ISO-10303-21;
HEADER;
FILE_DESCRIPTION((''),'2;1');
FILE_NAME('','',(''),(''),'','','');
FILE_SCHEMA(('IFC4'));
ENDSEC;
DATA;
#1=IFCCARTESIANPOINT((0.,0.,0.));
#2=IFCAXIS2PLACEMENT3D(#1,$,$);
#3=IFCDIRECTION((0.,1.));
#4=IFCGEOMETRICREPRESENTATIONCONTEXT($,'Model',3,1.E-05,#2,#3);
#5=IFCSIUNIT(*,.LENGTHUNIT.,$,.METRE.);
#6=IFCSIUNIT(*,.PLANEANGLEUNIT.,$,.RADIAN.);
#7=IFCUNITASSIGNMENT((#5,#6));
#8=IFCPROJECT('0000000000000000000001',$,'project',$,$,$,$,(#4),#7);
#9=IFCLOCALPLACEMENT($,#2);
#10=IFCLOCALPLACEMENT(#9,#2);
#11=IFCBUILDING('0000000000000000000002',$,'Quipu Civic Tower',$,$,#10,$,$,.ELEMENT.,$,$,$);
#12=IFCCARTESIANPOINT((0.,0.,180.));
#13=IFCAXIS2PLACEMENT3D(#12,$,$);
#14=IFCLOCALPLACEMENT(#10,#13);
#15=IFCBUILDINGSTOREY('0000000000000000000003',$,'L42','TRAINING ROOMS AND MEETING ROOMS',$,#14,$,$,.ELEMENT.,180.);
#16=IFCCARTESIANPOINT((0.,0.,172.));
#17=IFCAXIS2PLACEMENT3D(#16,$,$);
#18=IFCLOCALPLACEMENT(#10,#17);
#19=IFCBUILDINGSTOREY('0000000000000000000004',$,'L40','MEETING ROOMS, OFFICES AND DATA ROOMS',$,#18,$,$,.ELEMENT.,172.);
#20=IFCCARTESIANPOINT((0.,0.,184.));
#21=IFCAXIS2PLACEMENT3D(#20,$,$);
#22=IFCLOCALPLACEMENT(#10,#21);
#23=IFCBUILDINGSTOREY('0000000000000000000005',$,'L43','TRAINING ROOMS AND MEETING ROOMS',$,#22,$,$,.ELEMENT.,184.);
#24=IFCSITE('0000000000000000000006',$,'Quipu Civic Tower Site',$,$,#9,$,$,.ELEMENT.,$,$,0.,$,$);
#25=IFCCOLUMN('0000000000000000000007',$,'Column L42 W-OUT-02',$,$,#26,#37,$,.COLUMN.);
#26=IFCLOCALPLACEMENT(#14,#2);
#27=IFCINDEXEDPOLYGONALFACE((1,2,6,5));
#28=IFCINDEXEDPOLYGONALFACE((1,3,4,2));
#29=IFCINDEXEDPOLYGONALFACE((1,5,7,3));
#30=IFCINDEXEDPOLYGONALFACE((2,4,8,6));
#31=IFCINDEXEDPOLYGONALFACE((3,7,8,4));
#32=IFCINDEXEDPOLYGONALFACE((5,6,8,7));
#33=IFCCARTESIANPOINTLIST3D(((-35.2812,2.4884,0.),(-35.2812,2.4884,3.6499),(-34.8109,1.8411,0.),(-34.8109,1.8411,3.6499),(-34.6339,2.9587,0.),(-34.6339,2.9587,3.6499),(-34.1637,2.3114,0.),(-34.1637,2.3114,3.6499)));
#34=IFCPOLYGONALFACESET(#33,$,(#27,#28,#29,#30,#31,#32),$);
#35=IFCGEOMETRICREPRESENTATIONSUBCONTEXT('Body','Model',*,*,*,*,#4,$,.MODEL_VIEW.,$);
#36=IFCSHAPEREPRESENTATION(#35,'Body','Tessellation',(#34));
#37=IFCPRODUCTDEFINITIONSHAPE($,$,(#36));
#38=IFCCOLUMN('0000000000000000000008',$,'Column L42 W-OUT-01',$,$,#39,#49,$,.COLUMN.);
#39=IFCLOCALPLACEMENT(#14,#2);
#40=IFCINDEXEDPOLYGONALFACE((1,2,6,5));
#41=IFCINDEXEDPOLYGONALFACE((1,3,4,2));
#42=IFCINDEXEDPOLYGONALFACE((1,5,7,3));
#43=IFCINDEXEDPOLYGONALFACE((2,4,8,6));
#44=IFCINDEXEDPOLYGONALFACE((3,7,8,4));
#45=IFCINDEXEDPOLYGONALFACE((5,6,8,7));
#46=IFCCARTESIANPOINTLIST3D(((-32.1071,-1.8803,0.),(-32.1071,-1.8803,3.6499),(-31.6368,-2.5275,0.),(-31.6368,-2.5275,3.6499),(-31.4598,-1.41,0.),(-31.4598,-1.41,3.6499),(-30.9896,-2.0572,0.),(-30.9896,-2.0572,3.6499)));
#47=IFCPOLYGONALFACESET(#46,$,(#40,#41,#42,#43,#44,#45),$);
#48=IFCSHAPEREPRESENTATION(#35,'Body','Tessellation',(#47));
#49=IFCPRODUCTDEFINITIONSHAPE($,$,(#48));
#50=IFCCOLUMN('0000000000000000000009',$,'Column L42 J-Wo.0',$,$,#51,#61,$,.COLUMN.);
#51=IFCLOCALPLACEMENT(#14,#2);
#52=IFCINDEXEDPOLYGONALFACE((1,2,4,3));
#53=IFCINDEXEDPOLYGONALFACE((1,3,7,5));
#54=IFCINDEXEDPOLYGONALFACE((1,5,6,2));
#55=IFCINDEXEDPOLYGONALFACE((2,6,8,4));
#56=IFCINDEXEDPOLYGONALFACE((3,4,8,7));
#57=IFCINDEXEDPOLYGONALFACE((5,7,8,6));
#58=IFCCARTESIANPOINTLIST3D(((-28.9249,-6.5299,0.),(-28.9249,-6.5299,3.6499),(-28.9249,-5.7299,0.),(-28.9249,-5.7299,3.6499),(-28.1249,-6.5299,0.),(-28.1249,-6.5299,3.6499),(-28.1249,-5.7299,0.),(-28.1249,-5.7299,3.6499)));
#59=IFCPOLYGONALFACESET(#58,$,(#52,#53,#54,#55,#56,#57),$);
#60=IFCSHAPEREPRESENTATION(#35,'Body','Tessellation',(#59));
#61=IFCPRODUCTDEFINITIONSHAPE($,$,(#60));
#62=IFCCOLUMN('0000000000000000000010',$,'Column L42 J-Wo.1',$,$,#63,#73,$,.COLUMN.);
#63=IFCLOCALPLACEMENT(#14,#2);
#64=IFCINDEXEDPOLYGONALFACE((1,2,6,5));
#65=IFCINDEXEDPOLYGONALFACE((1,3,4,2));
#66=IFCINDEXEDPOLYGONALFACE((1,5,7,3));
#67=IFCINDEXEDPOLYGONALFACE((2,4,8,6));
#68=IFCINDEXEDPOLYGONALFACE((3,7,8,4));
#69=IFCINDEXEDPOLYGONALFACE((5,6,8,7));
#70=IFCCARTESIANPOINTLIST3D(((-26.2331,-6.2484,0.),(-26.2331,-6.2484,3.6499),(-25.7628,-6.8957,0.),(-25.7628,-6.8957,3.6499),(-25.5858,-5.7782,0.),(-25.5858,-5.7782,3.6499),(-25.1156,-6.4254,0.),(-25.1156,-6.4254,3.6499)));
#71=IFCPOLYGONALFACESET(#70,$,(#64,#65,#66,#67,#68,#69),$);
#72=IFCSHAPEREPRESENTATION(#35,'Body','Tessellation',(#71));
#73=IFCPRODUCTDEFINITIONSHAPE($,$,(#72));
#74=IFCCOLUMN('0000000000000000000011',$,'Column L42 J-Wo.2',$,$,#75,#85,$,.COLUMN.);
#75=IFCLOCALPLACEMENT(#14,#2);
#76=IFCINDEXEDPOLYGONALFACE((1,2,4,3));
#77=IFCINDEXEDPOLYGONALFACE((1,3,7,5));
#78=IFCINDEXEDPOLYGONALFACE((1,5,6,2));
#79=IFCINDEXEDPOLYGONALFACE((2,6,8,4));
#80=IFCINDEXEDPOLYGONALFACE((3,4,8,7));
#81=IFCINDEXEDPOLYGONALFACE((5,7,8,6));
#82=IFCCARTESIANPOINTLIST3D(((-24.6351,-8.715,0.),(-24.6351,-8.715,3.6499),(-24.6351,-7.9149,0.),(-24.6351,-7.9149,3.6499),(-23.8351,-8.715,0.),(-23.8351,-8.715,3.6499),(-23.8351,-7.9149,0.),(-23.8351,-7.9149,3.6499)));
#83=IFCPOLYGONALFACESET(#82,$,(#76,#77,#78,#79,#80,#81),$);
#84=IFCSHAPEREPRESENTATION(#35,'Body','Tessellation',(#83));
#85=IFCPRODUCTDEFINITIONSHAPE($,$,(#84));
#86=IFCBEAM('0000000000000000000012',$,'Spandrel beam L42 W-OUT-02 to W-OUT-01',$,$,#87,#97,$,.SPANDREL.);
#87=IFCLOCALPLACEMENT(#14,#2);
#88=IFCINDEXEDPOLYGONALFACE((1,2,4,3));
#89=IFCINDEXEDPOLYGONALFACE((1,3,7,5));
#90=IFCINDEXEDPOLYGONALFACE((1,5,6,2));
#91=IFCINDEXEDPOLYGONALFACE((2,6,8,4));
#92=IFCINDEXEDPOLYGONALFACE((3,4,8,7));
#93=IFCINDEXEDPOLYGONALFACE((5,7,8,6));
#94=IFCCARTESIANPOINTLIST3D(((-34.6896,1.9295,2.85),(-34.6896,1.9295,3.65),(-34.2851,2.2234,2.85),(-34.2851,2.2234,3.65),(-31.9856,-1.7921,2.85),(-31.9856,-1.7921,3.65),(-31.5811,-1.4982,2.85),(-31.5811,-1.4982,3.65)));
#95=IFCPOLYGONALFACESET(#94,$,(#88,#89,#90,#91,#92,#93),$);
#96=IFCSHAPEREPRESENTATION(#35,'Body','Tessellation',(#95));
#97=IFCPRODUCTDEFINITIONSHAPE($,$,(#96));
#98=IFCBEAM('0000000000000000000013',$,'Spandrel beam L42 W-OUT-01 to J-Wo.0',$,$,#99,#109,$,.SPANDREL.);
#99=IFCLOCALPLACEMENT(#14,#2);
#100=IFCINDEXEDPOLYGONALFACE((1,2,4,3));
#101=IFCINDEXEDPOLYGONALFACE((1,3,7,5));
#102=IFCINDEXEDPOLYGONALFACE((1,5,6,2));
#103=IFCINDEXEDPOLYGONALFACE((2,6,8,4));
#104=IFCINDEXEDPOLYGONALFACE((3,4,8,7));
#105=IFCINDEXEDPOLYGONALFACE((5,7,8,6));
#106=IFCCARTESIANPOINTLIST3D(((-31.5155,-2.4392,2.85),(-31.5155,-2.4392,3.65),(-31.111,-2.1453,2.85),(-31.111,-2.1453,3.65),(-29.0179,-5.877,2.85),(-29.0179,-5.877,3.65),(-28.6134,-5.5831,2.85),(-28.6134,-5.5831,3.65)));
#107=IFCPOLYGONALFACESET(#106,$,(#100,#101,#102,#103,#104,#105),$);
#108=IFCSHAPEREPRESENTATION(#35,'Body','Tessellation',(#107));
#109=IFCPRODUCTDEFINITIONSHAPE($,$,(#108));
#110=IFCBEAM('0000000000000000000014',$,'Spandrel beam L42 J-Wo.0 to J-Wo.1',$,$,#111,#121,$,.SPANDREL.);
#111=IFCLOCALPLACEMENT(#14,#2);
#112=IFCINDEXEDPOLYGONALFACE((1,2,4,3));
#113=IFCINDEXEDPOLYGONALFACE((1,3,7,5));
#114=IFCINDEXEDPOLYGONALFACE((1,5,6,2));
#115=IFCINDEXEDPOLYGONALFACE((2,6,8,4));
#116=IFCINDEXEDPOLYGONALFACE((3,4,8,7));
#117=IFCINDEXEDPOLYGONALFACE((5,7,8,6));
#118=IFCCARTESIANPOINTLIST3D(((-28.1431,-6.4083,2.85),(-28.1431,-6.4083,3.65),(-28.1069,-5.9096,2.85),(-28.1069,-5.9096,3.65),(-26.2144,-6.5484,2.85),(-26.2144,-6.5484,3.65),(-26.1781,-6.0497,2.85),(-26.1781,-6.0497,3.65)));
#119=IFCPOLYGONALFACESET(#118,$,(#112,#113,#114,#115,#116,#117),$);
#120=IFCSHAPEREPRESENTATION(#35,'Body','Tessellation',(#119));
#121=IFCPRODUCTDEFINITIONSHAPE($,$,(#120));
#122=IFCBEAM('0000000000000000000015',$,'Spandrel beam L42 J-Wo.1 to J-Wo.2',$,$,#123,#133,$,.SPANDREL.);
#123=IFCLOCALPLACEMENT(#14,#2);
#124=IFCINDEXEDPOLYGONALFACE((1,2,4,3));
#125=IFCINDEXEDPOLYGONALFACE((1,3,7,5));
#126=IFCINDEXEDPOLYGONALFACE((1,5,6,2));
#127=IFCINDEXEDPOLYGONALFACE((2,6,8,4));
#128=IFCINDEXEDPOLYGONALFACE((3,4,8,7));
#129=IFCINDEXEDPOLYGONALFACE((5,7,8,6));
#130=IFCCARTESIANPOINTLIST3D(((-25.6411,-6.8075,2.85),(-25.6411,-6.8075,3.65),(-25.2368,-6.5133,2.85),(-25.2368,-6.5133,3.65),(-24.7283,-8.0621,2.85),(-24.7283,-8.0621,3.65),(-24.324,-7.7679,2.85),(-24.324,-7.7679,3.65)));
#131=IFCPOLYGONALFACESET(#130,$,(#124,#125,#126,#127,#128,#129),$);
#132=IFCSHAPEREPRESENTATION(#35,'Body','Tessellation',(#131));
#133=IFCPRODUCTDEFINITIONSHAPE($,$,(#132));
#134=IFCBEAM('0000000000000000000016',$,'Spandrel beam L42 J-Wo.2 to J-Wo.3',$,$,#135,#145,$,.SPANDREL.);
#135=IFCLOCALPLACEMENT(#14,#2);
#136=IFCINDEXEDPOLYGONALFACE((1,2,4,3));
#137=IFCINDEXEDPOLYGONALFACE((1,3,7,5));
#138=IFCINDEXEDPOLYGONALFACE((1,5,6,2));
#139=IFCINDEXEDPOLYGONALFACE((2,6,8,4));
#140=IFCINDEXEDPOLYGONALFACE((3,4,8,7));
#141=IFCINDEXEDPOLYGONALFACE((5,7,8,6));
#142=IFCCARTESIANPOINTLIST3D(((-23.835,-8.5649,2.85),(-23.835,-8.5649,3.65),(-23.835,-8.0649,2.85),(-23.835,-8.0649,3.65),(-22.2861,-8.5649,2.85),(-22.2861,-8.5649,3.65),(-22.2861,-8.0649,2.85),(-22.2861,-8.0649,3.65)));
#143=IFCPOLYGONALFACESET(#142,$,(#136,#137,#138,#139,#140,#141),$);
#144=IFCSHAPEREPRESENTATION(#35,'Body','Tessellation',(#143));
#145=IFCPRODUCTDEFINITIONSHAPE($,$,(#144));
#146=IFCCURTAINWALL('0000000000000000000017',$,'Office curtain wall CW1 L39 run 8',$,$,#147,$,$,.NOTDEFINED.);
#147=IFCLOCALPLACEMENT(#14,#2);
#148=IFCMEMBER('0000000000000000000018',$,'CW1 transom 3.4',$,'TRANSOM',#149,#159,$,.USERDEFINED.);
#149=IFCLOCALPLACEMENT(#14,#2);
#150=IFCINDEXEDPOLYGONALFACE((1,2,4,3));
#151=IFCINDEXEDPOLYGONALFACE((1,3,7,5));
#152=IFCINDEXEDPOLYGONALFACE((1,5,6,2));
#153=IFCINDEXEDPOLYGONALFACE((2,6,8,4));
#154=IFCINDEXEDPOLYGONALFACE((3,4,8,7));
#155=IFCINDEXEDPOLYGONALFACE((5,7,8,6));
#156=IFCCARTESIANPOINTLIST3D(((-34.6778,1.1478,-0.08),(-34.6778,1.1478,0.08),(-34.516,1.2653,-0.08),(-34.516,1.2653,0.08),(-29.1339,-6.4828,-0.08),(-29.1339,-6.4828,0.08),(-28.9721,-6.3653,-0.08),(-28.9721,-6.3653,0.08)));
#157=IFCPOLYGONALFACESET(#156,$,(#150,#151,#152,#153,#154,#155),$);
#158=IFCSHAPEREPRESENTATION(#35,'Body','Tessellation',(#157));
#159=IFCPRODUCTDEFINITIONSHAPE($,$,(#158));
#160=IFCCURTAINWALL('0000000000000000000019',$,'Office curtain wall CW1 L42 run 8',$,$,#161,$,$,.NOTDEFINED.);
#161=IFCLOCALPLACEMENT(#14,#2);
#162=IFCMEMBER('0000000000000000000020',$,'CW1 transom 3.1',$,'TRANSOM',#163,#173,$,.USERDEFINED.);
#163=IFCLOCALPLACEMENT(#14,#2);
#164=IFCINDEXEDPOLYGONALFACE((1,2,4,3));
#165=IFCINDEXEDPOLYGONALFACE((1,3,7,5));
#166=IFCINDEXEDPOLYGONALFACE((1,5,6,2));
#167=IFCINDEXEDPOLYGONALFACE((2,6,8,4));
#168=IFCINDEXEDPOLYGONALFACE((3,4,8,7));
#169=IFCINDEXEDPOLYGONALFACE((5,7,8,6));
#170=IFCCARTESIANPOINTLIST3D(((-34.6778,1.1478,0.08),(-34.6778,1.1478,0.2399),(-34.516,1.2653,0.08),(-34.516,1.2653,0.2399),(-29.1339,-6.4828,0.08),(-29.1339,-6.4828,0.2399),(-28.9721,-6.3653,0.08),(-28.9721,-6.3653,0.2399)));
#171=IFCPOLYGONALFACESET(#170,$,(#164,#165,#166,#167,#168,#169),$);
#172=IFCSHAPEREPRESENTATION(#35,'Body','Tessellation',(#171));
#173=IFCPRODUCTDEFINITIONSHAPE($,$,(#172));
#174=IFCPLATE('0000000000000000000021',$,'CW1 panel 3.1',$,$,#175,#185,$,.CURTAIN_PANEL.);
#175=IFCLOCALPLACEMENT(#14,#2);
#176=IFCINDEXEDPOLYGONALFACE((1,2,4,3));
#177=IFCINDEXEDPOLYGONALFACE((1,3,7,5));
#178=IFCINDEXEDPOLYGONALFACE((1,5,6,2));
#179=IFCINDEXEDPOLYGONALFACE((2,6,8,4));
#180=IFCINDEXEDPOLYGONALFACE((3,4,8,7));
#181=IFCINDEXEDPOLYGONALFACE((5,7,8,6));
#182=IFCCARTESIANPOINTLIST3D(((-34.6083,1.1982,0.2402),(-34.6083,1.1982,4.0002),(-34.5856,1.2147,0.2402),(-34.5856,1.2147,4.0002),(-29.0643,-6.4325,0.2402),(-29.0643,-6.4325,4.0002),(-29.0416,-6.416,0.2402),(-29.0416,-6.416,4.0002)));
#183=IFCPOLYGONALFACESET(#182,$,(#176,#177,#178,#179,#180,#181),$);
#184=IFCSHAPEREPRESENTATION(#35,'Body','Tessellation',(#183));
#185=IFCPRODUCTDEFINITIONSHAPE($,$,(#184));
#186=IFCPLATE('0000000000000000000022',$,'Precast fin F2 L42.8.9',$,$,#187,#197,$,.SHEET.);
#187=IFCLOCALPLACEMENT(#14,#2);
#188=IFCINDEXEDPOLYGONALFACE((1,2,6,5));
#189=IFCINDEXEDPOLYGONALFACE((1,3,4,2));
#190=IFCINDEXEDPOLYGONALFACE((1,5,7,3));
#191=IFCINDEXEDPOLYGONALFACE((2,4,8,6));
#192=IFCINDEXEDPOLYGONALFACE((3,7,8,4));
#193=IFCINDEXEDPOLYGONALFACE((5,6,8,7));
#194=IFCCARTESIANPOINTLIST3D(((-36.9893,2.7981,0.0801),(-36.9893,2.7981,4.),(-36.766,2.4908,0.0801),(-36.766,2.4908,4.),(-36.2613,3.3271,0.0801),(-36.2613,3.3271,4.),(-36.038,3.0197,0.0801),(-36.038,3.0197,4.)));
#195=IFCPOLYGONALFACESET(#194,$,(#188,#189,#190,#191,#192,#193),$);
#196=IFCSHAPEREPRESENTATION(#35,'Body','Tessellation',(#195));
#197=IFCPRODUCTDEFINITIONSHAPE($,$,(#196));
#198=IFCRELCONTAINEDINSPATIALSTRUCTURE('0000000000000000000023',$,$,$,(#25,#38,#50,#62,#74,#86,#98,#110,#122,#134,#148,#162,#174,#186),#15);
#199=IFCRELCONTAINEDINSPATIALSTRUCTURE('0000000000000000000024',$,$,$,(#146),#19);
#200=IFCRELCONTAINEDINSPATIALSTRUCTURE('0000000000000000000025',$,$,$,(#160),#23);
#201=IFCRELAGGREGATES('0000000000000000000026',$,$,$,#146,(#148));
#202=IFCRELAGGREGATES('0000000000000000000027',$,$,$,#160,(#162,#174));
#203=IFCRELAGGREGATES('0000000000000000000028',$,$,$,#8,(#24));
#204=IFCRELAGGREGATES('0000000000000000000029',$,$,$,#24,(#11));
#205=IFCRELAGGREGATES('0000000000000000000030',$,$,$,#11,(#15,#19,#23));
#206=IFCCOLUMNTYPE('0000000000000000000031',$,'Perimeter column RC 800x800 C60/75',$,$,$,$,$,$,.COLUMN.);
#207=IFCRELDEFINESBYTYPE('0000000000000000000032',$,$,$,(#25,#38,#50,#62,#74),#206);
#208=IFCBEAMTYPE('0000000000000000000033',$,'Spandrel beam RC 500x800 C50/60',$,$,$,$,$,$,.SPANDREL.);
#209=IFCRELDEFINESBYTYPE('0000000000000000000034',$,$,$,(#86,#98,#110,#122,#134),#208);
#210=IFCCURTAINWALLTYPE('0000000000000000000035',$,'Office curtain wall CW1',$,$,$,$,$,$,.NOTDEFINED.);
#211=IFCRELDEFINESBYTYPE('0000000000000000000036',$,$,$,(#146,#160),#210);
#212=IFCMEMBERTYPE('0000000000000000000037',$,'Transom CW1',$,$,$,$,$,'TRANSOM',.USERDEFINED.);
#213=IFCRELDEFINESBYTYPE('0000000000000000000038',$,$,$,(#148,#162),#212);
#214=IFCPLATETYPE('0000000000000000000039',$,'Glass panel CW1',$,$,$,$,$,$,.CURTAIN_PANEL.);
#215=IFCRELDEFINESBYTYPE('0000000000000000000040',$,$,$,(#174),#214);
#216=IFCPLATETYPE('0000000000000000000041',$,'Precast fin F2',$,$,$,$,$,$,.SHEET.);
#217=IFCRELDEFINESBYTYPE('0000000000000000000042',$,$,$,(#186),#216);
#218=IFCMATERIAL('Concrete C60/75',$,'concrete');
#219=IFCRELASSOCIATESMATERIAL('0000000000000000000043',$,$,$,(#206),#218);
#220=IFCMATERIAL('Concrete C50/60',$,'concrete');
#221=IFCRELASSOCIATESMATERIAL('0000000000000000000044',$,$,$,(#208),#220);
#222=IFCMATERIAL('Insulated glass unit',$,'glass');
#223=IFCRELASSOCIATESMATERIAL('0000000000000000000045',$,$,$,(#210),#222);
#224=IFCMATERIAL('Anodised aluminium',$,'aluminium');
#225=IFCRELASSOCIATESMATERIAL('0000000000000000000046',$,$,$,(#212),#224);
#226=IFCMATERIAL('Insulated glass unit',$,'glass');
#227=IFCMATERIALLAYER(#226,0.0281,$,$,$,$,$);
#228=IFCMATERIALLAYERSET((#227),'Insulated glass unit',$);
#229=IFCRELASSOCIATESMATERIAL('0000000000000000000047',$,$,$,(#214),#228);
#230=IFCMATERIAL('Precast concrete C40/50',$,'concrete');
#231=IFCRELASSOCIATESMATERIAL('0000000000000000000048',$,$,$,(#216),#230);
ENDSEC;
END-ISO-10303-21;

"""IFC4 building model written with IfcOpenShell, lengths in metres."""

from ifc_helpers import new_model, si_unit, direction, frame, origin, origin_2d, place, context, subcontext, project, spatial, rectangle, extrude, material, layer, layer_set, material_profile, profile_set, type_object, element, aggregate, save


model = new_model("IFC4")

# Units and contexts
model_context = context("Model", 3, precision=1e-05, world=origin(), true_north=direction((0.0, 1.0)))
body_context = subcontext(model_context, "Body", "Model", "MODEL_VIEW")
ifc_project = project(units=[si_unit("LENGTHUNIT", "METRE"), si_unit("PLANEANGLEUNIT", "RADIAN")], contexts=[model_context])

# Site, building, storey
site_placement = place(None, origin())
site = spatial("IfcSite", under=ifc_project, at=site_placement, Name="Quipu Civic Tower Site", CompositionType="ELEMENT", RefElevation=0.0)
building_placement = place(site_placement, origin())
building = spatial("IfcBuilding", under=site, at=building_placement, Name="Quipu Civic Tower", CompositionType="ELEMENT")
storey_1_placement = place(building_placement, frame((0.0, 0.0, 180.0)))
storey_1 = spatial("IfcBuildingStorey", under=building, at=storey_1_placement, Name="L42", Description="TRAINING ROOMS AND MEETING ROOMS", CompositionType="ELEMENT", Elevation=180.0)

# Columns
ifc_material_1 = material(Name="Concrete C60/75", Category="concrete")
ifc_material_profile_1 = material_profile(ifc_material_1, rectangle(XDim=0.8, YDim=0.8, at=origin_2d()), Name="RC800x800")
ifc_profile_set_1 = profile_set([ifc_material_profile_1], Name="Concrete C60/75")
column_type = type_object("IfcColumnType", Name="Perimeter column RC 800x800 C60/75", PredefinedType="COLUMN", material=ifc_profile_set_1)
for number, where, z_axis, x_axis, name in (
    (1, (-34.7224, 2.3999, 0.0), (0.0, 0.0, 1.0), (0.587785, -0.809017, 0.0), "Column L42 W-OUT-02"),
    (2, (-31.5483, -1.9688, 0.0), (0.0, 0.0, 1.0), (0.587785, -0.809017, 0.0), "Column L42 W-OUT-01"),
    (3, (-28.5249, -6.1299, 0.0), (0.0, 0.0, 1.0), (1.0, 0.0, 0.0), "Column L42 J-Wo.0"),
    (4, (-25.6743, -6.3369, 0.0), (0.0, 0.0, 1.0), (0.587785, -0.809017, 0.0), "Column L42 J-Wo.1"),
    (5, (-24.2351, -8.3149, 0.0), (0.0, 0.0, 1.0), (1.0, 0.0, 0.0), "Column L42 J-Wo.2"),
):
    element("IfcColumn", number, at=place(storey_1_placement, frame(where, z_axis=z_axis, x_axis=x_axis)), inside=storey_1, type_object=column_type, Name=name, PredefinedType="COLUMN", context=body_context, shape_type="SweptSolid", body=[
        extrude(rectangle(XDim=0.8, YDim=0.8, at=origin_2d()), origin(), (0.0, 0.0, 1.0), 3.6499),
    ])

# Beams
ifc_material_2 = material(Name="Concrete C50/60", Category="concrete")
ifc_material_profile_2 = material_profile(ifc_material_2, rectangle(XDim=0.5, YDim=0.8, at=origin_2d()), Name="RC500x800")
ifc_profile_set_2 = profile_set([ifc_material_profile_2], Name="Concrete C50/60")
beam_type = type_object("IfcBeamType", Name="Spandrel beam RC 500x800 C50/60", PredefinedType="SPANDREL", material=ifc_profile_set_2)
beam_1_placement = place(storey_1_placement, frame((-34.4873, 2.0764, 3.25), z_axis=(0.587796, -0.809009, 0.0), x_axis=(0.809009, 0.587796, 0.0)))
element("IfcBeam", 6, at=beam_1_placement, inside=storey_1, type_object=beam_type, Name="Spandrel beam L42 W-OUT-02 to W-OUT-01", PredefinedType="SPANDREL", context=body_context, shape_type="SweptSolid", body=[
    extrude(rectangle(XDim=0.5, YDim=0.8, at=origin_2d()), origin(), (0.0, 0.0, 1.0), 4.6001),
])
beam_2_placement = place(storey_1_placement, frame((-31.3132, -2.2922, 3.25), z_axis=(0.587769, -0.809029, 0.0), x_axis=(0.809029, 0.587769, 0.0)))
element("IfcBeam", 7, at=beam_2_placement, inside=storey_1, type_object=beam_type, Name="Spandrel beam L42 W-OUT-01 to J-Wo.0", PredefinedType="SPANDREL", context=body_context, shape_type="SweptSolid", body=[
    extrude(rectangle(XDim=0.5, YDim=0.8, at=origin_2d()), origin(), (0.0, 0.0, 1.0), 4.2493),
])
beam_3_placement = place(storey_1_placement, frame((-28.125, -6.1589, 3.25), z_axis=(0.997371, -0.072467, 0.0), x_axis=(0.072467, 0.997371, 0.0)))
element("IfcBeam", 8, at=beam_3_placement, inside=storey_1, type_object=beam_type, Name="Spandrel beam L42 J-Wo.0 to J-Wo.1", PredefinedType="SPANDREL", context=body_context, shape_type="SweptSolid", body=[
    extrude(rectangle(XDim=0.5, YDim=0.8, at=origin_2d()), origin(), (0.0, 0.0, 1.0), 1.9338),
])
beam_4_placement = place(storey_1_placement, frame((-25.439, -6.6604, 3.25), z_axis=(0.588331, -0.80862, 0.0), x_axis=(0.80862, 0.588331, 0.0)))
element("IfcBeam", 9, at=beam_4_placement, inside=storey_1, type_object=beam_type, Name="Spandrel beam L42 J-Wo.1 to J-Wo.2", PredefinedType="SPANDREL", context=body_context, shape_type="SweptSolid", body=[
    extrude(rectangle(XDim=0.5, YDim=0.8, at=origin_2d()), origin(), (0.0, 0.0, 1.0), 1.5515),
])
beam_5_placement = place(storey_1_placement, frame((-23.835, -8.3149, 3.25), z_axis=(1.0, 0.0, 0.0), x_axis=(0.0, 1.0, 0.0)))
element("IfcBeam", 10, at=beam_5_placement, inside=storey_1, type_object=beam_type, Name="Spandrel beam L42 J-Wo.2 to J-Wo.3", PredefinedType="SPANDREL", context=body_context, shape_type="SweptSolid", body=[
    extrude(rectangle(XDim=0.5, YDim=0.8, at=origin_2d()), origin(), (0.0, 0.0, 1.0), 1.5488),
])

# Shared definitions
storey_2_placement = place(building_placement, frame((0.0, 0.0, 172.0)))
storey_2 = spatial("IfcBuildingStorey", under=building, at=storey_2_placement, Name="L40", Description="MEETING ROOMS, OFFICES AND DATA ROOMS", CompositionType="ELEMENT", Elevation=172.0)

# Curtain wall, member
ifc_material_3 = material(Name="Insulated glass unit", Category="glass")
curtain_wall_type = type_object("IfcCurtainWallType", Name="Office curtain wall CW1", PredefinedType="NOTDEFINED", material=ifc_material_3)
curtain_wall_1_placement = place(storey_2_placement, origin())
curtain_wall_1 = element("IfcCurtainWall", 11, at=curtain_wall_1_placement, inside=storey_2, type_object=curtain_wall_type, Name="Office curtain wall CW1 L39 run 8", PredefinedType="NOTDEFINED")
ifc_material_4 = material(Name="Anodised aluminium", Category="aluminium")
ifc_material_profile_3 = material_profile(ifc_material_4, rectangle(XDim=0.2, YDim=0.1599, at=origin_2d()), Name="RECT 200x160")
ifc_profile_set_3 = profile_set([ifc_material_profile_3], Name="Anodised aluminium")
member_type = type_object("IfcMemberType", Name="Transom CW1", ElementType="TRANSOM", PredefinedType="USERDEFINED", material=ifc_profile_set_3)
member_1_placement = place(storey_1_placement, frame((-34.5969, 1.2065, 0.0), z_axis=(0.587784, -0.809018, 0.0), x_axis=(0.809018, 0.587784, 0.0)))
member_1 = element("IfcMember", 12, at=member_1_placement, inside=storey_1, type_object=member_type, Name="CW1 transom 3.4", ObjectType="TRANSOM", PredefinedType="USERDEFINED", context=body_context, shape_type="SweptSolid", body=[
    extrude(rectangle(XDim=0.2, YDim=0.1599, at=origin_2d()), origin(), (0.0, 0.0, 1.0), 9.4319),
])
aggregate(curtain_wall_1, [member_1])

# Shared definitions
storey_3_placement = place(building_placement, frame((0.0, 0.0, 184.0)))
storey_3 = spatial("IfcBuildingStorey", under=building, at=storey_3_placement, Name="L43", Description="TRAINING ROOMS AND MEETING ROOMS", CompositionType="ELEMENT", Elevation=184.0)

# Curtain wall, member, plate
curtain_wall_2_placement = place(storey_3_placement, origin())
curtain_wall_2 = element("IfcCurtainWall", 13, at=curtain_wall_2_placement, inside=storey_3, type_object=curtain_wall_type, Name="Office curtain wall CW1 L42 run 8", PredefinedType="NOTDEFINED")
member_2_placement = place(storey_1_placement, frame((-34.5969, 1.2065, 0.1599), z_axis=(0.587784, -0.809018, 0.0), x_axis=(0.809018, 0.587784, 0.0)))
member_2 = element("IfcMember", 14, at=member_2_placement, inside=storey_1, type_object=member_type, Name="CW1 transom 3.1", ObjectType="TRANSOM", PredefinedType="USERDEFINED", context=body_context, shape_type="SweptSolid", body=[
    extrude(rectangle(XDim=0.2, YDim=0.1599, at=origin_2d()), origin(), (0.0, 0.0, 1.0), 9.4319),
])
ifc_material_5 = material(Name="Insulated glass unit", Category="glass")
ifc_layer = layer(ifc_material_5, 0.0281)
ifc_layer_set = layer_set([ifc_layer], Name="Insulated glass unit")
plate_type_1 = type_object("IfcPlateType", Name="Glass panel CW1", PredefinedType="CURTAIN_PANEL", material=ifc_layer_set)
plate_placement = place(storey_1_placement, frame((-31.825, -2.6089, 0.2402), z_axis=(0.0, 0.0, 1.0), x_axis=(0.587786, -0.809017, 0.0)))
plate = element("IfcPlate", 15, at=plate_placement, inside=storey_1, type_object=plate_type_1, Name="CW1 panel 3.1", PredefinedType="CURTAIN_PANEL", context=body_context, shape_type="SweptSolid", body=[
    extrude(rectangle(XDim=9.4321, YDim=0.0281, at=origin_2d()), origin(), (0.0, 0.0, 1.0), 3.76),
])
aggregate(curtain_wall_2, [member_2, plate])

# Plate
ifc_material_6 = material(Name="Precast concrete C40/50", Category="concrete")
plate_type_2 = type_object("IfcPlateType", Name="Precast fin F2", PredefinedType="SHEET", material=ifc_material_6)
for number, where, z_axis, x_axis, name in (
    (16, (-36.5137, 2.9089, 0.0801), (0.0, 0.0, 1.0), (0.587786, -0.809017, 0.0), "Precast fin F2 L42.8.9"),
):
    element("IfcPlate", number, at=place(storey_1_placement, frame(where, z_axis=z_axis, x_axis=x_axis)), inside=storey_1, type_object=plate_type_2, Name=name, PredefinedType="SHEET", context=body_context, shape_type="SweptSolid", body=[
        extrude(rectangle(XDim=0.3799, YDim=0.8999, at=origin_2d()), origin(), (0.0, 0.0, 1.0), 3.9199),
    ])

save(model, "model.ifc")
